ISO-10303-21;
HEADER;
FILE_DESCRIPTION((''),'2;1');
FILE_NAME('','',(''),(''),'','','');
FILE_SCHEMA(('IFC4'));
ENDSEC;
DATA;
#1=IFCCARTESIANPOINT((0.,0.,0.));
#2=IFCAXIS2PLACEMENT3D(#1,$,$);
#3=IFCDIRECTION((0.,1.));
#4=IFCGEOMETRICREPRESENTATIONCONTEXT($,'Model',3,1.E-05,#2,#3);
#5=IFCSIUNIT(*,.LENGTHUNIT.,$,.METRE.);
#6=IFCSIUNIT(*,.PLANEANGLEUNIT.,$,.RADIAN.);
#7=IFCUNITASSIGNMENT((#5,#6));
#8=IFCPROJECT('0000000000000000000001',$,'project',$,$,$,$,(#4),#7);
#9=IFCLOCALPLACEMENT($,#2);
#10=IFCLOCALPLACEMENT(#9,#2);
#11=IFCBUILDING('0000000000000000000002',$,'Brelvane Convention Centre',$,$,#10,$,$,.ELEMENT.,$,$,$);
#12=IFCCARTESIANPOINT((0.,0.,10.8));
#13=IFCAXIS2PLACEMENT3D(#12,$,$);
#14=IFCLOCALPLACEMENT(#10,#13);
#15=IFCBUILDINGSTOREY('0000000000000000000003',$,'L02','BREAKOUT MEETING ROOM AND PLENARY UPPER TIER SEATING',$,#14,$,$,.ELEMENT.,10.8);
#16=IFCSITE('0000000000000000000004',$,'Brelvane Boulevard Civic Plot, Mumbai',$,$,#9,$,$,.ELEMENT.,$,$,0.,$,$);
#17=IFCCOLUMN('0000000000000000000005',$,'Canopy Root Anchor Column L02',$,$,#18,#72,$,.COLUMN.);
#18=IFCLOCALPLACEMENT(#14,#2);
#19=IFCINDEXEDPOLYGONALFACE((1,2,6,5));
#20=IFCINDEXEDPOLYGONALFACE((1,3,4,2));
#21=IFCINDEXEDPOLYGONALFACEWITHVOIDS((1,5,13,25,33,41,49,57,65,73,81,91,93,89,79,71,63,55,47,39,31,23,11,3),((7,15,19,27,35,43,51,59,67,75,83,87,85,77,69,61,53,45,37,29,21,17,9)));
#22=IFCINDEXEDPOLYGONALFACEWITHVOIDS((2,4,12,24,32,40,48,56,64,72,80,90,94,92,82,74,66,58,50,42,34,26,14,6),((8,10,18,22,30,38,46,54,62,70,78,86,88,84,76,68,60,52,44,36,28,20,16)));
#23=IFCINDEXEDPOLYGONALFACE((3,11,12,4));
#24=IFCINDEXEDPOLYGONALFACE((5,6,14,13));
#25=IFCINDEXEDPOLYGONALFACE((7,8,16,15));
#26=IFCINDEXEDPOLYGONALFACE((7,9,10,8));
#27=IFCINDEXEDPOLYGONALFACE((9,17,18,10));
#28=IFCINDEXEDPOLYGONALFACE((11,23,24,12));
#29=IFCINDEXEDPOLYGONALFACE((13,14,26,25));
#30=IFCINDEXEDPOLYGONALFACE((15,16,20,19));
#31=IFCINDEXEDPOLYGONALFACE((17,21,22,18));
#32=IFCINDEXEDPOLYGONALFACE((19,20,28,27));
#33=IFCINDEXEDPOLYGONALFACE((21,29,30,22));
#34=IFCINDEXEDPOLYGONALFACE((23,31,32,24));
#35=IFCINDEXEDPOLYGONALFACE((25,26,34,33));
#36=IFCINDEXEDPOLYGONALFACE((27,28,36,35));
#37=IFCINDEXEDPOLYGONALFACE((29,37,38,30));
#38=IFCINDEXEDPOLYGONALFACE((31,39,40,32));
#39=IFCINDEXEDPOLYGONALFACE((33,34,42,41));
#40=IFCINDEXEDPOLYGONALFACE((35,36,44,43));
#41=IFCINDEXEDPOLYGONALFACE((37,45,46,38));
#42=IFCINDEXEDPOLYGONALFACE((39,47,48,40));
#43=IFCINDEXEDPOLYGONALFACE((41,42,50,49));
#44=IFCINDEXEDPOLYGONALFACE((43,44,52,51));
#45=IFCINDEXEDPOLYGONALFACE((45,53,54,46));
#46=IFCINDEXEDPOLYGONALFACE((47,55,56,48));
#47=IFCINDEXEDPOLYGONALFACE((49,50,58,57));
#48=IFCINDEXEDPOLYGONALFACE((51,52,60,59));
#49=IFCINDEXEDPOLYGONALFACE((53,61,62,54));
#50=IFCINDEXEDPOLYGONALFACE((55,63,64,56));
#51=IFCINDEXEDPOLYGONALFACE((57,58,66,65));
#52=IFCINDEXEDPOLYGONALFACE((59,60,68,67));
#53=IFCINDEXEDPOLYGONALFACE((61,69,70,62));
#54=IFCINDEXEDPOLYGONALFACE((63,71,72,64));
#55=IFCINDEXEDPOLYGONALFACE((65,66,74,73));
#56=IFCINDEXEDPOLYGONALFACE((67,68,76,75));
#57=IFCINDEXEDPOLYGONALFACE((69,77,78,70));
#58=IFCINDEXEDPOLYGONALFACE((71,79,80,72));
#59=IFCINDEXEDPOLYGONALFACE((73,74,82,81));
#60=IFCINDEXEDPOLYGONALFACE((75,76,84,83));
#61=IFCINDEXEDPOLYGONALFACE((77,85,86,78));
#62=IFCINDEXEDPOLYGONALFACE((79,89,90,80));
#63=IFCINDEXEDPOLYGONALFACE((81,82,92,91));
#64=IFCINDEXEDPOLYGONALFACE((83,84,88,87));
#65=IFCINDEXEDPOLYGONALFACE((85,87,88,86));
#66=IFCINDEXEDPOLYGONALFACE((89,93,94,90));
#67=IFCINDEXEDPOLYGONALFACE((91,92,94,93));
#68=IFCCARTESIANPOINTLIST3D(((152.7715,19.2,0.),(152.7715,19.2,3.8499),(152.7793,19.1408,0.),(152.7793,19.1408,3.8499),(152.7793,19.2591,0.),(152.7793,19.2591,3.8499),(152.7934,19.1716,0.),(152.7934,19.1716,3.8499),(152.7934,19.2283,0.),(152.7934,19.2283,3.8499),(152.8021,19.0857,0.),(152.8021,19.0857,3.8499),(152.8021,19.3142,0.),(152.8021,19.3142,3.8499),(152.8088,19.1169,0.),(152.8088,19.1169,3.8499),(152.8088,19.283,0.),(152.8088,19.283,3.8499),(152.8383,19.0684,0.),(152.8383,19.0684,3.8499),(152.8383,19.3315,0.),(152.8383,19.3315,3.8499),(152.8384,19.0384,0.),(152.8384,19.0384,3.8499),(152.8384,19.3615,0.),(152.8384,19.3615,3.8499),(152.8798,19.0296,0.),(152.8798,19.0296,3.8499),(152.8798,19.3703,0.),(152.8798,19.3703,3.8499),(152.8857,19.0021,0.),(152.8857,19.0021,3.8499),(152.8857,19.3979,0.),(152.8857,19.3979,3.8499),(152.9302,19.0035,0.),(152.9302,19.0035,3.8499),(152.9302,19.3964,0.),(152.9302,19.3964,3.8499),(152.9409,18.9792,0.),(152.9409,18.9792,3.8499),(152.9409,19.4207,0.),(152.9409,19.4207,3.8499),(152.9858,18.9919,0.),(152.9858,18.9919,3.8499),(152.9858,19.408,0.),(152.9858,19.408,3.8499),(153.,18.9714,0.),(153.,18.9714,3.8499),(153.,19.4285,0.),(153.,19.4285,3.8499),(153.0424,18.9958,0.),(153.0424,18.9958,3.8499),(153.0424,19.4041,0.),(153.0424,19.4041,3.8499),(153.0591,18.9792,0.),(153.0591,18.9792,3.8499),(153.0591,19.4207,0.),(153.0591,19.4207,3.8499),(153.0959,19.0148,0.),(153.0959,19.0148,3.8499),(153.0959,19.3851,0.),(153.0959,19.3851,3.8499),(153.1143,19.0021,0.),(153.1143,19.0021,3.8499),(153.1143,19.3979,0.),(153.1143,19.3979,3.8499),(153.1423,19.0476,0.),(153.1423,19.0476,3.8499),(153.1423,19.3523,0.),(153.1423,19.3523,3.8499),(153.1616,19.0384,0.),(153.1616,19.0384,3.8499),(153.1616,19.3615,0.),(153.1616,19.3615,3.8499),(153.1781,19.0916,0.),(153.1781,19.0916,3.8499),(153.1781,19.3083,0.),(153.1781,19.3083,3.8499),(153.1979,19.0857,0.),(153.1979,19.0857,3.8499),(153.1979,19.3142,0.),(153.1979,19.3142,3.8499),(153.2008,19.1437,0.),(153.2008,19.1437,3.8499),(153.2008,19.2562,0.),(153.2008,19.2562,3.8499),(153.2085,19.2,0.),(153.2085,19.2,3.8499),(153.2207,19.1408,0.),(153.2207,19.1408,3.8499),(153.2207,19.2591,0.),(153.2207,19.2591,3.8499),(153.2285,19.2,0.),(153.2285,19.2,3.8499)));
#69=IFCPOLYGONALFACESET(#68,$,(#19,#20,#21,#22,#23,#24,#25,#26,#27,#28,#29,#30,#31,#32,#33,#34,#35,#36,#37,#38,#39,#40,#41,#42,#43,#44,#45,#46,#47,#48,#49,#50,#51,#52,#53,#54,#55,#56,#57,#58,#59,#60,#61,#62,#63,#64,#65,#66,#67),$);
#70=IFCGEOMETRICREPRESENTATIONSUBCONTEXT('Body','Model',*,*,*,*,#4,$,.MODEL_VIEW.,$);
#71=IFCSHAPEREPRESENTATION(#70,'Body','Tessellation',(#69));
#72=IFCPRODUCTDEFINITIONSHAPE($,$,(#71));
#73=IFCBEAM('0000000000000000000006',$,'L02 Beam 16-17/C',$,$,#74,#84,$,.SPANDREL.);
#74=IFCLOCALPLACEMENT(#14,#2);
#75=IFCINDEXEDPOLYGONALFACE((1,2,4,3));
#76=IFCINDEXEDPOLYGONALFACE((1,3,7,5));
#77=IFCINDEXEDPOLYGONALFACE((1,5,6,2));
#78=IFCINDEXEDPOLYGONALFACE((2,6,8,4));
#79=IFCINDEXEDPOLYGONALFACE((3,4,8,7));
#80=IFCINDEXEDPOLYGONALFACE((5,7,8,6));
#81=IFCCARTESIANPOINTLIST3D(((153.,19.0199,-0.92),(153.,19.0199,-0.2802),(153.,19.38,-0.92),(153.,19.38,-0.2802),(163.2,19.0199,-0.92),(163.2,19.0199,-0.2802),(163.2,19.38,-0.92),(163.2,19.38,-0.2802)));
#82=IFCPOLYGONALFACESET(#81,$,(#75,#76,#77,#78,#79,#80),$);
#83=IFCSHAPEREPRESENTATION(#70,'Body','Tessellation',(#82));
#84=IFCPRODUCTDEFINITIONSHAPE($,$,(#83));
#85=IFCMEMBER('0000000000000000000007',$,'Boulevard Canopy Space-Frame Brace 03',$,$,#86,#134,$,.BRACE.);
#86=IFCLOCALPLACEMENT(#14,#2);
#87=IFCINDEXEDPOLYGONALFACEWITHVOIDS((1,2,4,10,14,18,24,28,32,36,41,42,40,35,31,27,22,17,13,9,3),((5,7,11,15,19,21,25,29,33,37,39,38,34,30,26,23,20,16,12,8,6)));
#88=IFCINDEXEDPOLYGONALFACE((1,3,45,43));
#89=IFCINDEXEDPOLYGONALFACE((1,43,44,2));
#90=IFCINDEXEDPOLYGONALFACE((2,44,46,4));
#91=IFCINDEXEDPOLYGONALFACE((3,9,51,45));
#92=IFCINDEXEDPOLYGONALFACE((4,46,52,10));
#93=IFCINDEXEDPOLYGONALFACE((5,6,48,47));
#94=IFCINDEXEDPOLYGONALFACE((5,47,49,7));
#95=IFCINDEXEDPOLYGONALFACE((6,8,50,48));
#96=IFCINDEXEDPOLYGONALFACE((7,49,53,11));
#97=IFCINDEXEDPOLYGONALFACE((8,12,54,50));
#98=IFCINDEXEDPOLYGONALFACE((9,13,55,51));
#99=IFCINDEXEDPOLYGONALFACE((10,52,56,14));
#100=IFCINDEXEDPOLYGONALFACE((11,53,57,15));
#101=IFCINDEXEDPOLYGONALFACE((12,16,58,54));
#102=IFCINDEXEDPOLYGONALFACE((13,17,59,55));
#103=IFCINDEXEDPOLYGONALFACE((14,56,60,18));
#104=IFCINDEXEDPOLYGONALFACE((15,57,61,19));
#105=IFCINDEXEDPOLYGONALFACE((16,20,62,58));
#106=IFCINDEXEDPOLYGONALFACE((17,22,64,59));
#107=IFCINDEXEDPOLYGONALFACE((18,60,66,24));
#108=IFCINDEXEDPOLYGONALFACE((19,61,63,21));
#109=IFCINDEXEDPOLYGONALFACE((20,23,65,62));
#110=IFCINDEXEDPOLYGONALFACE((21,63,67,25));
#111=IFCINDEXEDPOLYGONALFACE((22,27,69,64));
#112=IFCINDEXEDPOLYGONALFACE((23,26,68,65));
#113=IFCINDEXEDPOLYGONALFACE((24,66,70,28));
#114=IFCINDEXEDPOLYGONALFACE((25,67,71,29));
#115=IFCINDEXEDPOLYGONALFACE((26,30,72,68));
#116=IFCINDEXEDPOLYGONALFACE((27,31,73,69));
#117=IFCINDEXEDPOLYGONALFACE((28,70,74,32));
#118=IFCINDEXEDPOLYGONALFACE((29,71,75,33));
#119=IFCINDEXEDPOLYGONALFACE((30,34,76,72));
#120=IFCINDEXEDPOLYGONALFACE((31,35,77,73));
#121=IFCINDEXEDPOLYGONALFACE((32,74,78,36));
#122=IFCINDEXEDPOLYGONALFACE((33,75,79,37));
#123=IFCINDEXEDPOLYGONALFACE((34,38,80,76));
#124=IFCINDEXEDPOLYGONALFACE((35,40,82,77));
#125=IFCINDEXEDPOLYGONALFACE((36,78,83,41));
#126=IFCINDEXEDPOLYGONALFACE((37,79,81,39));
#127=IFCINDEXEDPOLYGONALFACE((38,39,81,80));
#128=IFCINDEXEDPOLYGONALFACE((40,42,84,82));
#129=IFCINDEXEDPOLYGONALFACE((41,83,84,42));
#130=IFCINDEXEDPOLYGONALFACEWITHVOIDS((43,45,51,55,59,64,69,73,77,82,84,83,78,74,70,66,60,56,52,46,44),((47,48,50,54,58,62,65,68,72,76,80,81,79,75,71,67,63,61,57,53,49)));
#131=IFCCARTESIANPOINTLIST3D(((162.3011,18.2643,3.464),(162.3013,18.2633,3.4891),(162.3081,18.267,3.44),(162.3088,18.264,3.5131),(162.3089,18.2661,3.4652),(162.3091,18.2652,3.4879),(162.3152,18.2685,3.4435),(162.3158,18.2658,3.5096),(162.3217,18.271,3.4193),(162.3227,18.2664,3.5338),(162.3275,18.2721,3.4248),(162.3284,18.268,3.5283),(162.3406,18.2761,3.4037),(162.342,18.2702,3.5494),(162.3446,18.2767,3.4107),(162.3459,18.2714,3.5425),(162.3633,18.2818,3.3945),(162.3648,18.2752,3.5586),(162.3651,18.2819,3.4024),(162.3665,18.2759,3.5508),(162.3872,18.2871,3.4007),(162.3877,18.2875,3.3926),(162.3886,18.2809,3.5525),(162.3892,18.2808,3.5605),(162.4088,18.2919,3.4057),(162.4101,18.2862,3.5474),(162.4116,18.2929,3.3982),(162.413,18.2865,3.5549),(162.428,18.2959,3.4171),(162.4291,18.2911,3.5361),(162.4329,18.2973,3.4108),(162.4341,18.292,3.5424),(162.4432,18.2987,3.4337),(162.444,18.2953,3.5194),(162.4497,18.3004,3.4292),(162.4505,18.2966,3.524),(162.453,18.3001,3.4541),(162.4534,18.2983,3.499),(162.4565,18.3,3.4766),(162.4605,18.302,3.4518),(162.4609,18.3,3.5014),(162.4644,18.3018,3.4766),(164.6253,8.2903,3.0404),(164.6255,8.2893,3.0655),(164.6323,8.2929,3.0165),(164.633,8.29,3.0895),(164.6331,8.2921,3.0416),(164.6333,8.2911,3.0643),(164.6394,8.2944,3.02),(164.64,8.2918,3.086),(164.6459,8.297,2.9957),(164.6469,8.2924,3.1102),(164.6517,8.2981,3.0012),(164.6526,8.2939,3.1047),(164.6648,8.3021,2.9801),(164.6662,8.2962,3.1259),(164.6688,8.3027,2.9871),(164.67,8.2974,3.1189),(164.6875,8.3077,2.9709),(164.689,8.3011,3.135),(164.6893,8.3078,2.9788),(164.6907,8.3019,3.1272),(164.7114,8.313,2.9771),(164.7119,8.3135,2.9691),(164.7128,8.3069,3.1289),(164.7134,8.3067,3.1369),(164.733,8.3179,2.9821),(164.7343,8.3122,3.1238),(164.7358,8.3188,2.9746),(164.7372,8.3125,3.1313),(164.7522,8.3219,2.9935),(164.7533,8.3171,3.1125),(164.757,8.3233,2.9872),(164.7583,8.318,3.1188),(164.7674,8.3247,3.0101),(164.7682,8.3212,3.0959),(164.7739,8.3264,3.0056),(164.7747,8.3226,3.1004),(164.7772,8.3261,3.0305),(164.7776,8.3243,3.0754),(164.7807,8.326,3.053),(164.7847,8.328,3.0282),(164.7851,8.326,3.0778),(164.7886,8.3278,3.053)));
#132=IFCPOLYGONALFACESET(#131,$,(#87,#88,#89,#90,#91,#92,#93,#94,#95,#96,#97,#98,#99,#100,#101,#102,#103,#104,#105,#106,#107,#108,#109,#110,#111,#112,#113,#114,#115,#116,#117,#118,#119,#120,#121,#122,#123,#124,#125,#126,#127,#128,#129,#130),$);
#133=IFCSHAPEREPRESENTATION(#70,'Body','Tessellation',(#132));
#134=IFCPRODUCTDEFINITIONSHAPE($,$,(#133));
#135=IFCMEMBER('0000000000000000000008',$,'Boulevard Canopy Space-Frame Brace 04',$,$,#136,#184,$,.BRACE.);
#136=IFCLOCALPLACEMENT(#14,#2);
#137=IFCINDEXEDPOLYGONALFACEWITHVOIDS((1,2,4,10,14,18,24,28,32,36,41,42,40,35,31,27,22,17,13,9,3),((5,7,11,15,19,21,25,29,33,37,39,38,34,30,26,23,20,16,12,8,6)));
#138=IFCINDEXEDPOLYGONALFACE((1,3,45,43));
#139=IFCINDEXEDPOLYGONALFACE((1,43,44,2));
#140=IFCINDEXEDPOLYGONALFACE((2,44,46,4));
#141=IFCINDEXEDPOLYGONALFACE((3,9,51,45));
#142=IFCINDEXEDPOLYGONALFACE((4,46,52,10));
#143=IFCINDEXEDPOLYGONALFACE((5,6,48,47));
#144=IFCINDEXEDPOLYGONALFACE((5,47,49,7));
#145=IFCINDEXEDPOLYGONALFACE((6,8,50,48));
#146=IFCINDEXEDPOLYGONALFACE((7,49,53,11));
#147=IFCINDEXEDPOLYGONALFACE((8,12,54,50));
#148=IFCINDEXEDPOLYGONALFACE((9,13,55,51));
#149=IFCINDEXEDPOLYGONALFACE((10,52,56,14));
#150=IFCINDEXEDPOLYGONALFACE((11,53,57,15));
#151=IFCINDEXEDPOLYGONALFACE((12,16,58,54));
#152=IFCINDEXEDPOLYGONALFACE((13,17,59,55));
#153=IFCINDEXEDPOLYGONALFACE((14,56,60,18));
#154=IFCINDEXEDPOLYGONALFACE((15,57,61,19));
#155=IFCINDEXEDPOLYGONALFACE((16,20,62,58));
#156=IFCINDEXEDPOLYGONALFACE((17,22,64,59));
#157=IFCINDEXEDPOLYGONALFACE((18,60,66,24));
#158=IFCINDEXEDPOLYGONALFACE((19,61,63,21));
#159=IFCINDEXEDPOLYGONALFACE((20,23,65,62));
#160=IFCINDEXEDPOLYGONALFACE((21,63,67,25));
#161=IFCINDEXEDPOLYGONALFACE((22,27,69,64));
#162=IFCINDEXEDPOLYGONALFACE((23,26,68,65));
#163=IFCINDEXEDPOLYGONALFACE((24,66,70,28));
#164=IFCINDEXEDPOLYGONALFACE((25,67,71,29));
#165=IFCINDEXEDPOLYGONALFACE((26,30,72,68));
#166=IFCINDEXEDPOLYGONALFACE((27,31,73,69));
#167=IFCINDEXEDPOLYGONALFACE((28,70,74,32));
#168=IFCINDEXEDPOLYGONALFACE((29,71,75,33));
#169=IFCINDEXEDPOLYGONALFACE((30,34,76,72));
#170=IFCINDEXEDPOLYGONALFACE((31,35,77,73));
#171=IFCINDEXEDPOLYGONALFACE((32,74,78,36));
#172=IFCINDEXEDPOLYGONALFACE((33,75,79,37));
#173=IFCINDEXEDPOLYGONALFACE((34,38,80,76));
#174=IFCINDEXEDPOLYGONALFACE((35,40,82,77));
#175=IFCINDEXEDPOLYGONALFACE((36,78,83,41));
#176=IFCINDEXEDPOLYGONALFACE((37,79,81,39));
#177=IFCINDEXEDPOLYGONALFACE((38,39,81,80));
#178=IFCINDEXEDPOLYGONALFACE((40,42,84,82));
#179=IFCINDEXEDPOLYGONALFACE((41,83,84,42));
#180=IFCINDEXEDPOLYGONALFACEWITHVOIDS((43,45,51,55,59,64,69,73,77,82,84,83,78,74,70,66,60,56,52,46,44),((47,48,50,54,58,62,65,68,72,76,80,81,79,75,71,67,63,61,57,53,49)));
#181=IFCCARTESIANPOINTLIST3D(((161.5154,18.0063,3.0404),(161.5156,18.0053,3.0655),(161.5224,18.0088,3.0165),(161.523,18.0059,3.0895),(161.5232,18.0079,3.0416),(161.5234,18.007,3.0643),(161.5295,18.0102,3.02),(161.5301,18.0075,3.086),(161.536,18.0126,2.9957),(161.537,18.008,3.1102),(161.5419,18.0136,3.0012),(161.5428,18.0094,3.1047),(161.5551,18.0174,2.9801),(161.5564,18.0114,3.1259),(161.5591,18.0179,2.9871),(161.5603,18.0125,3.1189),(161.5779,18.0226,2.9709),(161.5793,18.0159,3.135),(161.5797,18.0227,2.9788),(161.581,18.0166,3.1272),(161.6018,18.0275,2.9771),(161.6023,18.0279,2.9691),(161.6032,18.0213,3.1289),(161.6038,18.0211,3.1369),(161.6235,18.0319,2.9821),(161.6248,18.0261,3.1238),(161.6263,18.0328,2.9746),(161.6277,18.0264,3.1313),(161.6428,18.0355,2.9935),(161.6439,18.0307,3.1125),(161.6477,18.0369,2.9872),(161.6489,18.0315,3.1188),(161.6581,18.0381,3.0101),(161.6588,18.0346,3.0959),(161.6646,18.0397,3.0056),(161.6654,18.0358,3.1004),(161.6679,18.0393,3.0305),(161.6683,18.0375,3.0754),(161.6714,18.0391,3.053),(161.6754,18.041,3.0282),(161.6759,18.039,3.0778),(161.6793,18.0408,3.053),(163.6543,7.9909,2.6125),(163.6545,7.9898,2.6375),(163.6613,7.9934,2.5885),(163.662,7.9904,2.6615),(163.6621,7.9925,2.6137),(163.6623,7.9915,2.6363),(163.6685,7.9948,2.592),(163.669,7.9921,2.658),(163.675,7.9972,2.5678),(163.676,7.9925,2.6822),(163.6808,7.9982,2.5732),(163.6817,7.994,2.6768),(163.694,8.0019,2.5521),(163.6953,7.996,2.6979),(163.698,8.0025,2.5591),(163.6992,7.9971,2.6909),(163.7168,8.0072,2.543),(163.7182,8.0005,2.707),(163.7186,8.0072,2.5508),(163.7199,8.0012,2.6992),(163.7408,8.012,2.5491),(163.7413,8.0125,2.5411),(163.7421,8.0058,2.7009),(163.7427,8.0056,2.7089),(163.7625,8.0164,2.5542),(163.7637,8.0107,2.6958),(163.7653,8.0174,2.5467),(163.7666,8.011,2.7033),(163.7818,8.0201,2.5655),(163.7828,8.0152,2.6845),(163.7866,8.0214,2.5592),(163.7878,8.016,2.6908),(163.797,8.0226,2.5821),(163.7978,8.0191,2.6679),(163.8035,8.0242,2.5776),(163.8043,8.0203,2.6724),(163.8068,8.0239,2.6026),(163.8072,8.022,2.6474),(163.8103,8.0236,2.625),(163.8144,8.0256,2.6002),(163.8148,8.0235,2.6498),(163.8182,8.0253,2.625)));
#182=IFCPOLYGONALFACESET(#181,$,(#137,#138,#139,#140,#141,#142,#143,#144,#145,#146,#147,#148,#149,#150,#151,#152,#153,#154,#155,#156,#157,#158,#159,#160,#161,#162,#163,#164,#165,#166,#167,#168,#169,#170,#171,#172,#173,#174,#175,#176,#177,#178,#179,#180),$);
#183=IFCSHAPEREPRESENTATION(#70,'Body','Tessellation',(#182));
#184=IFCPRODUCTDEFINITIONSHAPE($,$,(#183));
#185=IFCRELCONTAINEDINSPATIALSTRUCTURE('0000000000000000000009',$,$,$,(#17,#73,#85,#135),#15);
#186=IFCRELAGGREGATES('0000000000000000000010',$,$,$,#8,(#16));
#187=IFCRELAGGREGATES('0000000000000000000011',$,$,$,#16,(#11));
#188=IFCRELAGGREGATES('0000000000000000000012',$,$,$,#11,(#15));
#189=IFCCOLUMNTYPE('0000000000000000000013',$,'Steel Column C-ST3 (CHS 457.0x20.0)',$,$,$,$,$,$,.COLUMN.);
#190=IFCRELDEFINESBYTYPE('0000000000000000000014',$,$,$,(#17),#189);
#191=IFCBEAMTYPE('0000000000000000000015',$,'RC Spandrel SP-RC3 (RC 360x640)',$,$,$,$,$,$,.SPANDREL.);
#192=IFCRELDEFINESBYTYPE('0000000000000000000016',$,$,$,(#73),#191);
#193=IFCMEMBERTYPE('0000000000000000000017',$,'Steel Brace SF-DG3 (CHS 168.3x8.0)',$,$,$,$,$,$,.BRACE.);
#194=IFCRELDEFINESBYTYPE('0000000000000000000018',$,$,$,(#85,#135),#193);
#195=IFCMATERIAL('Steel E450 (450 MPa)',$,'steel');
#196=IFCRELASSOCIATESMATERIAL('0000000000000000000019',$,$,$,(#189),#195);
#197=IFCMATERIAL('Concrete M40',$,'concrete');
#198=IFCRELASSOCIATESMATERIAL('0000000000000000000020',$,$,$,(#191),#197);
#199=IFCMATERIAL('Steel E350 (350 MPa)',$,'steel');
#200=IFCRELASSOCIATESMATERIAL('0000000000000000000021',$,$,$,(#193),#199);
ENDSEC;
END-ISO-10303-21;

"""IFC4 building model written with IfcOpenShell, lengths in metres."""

from ifc_helpers import new_model, si_unit, direction, frame, origin, origin_2d, place, context, subcontext, project, spatial, rectangle, hollow_circle, extrude, material, material_profile, profile_set, type_object, element, save


model = new_model("IFC4")

# Units and contexts
model_context = context("Model", 3, precision=1e-05, world=origin(), true_north=direction((0.0, 1.0)))
body_context = subcontext(model_context, "Body", "Model", "MODEL_VIEW")
ifc_project = project(units=[si_unit("LENGTHUNIT", "METRE"), si_unit("PLANEANGLEUNIT", "RADIAN")], contexts=[model_context])

# Site, building, storey
site_placement = place(None, origin())
site = spatial("IfcSite", under=ifc_project, at=site_placement, Name="Brelvane Boulevard Civic Plot, Mumbai", CompositionType="ELEMENT", RefElevation=0.0)
building_placement = place(site_placement, origin())
building = spatial("IfcBuilding", under=site, at=building_placement, Name="Brelvane Convention Centre", CompositionType="ELEMENT")
storey_placement = place(building_placement, frame((0.0, 0.0, 10.8)))
storey = spatial("IfcBuildingStorey", under=building, at=storey_placement, Name="L02", Description="BREAKOUT MEETING ROOM AND PLENARY UPPER TIER SEATING", CompositionType="ELEMENT", Elevation=10.8)

# Column
ifc_material_1 = material(Name="Steel E450 (450 MPa)", Category="steel")
ifc_material_profile_1 = material_profile(ifc_material_1, hollow_circle(Radius=0.2285, WallThickness=0.02, at=origin_2d()), Name="CHS 457.0x20.0")
ifc_profile_set_1 = profile_set([ifc_material_profile_1], Name="Steel E450 (450 MPa)")
column_type = type_object("IfcColumnType", Name="Steel Column C-ST3 (CHS 457.0x20.0)", PredefinedType="COLUMN", material=ifc_profile_set_1)
column_placement = place(storey_placement, frame((153.0, 19.2, 0.0), z_axis=(0.0, 0.0, 1.0), x_axis=(1.0, 0.0, 0.0)))
element("IfcColumn", 1, at=column_placement, inside=storey, type_object=column_type, Name="Canopy Root Anchor Column L02", PredefinedType="COLUMN", context=body_context, shape_type="SweptSolid", body=[
    extrude(hollow_circle(Radius=0.2285, WallThickness=0.02, at=origin_2d()), origin(), (0.0, 0.0, 1.0), 3.8499),
])

# Beam
ifc_material_2 = material(Name="Concrete M40", Category="concrete")
ifc_material_profile_2 = material_profile(ifc_material_2, rectangle(XDim=0.3601, YDim=0.6399, at=origin_2d()), Name="RC 360x640")
ifc_profile_set_2 = profile_set([ifc_material_profile_2], Name="Concrete M40")
beam_type = type_object("IfcBeamType", Name="RC Spandrel SP-RC3 (RC 360x640)", PredefinedType="SPANDREL", material=ifc_profile_set_2)
beam_placement = place(storey_placement, frame((153.0, 19.2, -0.6001), z_axis=(1.0, 0.0, 0.0), x_axis=(0.0, 1.0, 0.0)))
element("IfcBeam", 2, at=beam_placement, inside=storey, type_object=beam_type, Name="L02 Beam 16-17/C", PredefinedType="SPANDREL", context=body_context, shape_type="SweptSolid", body=[
    extrude(rectangle(XDim=0.3601, YDim=0.6399, at=origin_2d()), origin(), (0.0, 0.0, 1.0), 10.2),
])

# Members
ifc_material_3 = material(Name="Steel E350 (350 MPa)", Category="steel")
ifc_material_profile_3 = material_profile(ifc_material_3, hollow_circle(Radius=0.0842, WallThickness=0.0081, at=origin_2d()), Name="CHS 168.3x8.0")
ifc_profile_set_3 = profile_set([ifc_material_profile_3], Name="Steel E350 (350 MPa)")
member_type_1 = type_object("IfcMemberType", Name="Steel Brace SF-DG3 (CHS 168.3x8.0)", PredefinedType="BRACE", material=ifc_profile_set_3)
member_1_placement = place(storey_placement, frame((162.3823, 18.2827, 3.4766), z_axis=(0.226751, -0.973076, -0.041325), x_axis=(0.973908, 0.226945, 0.0)))
element("IfcMember", 3, at=member_1_placement, inside=storey, type_object=member_type_1, Name="Boulevard Canopy Space-Frame Brace 03", PredefinedType="BRACE", context=body_context, shape_type="SweptSolid", body=[
    extrude(hollow_circle(Radius=0.0842, WallThickness=0.0081, at=origin_2d()), origin(), (0.0, 0.0, 1.0), 10.25),
])
for number, where, z_axis, x_axis, name in (
    (4, (161.5969, 18.0232, 3.053), (0.208671, -0.977094, -0.041753), (0.977947, 0.208853, 0.0), "Boulevard Canopy Space-Frame Brace 04"),
):
    element("IfcMember", number, at=place(storey_placement, frame(where, z_axis=z_axis, x_axis=x_axis)), inside=storey, type_object=member_type_1, Name=name, PredefinedType="BRACE", context=body_context, shape_type="SweptSolid", body=[
        extrude(hollow_circle(Radius=0.0842, WallThickness=0.0081, at=origin_2d()), origin(), (0.0, 0.0, 1.0), 10.2502),
    ])

save(model, "model.ifc")
